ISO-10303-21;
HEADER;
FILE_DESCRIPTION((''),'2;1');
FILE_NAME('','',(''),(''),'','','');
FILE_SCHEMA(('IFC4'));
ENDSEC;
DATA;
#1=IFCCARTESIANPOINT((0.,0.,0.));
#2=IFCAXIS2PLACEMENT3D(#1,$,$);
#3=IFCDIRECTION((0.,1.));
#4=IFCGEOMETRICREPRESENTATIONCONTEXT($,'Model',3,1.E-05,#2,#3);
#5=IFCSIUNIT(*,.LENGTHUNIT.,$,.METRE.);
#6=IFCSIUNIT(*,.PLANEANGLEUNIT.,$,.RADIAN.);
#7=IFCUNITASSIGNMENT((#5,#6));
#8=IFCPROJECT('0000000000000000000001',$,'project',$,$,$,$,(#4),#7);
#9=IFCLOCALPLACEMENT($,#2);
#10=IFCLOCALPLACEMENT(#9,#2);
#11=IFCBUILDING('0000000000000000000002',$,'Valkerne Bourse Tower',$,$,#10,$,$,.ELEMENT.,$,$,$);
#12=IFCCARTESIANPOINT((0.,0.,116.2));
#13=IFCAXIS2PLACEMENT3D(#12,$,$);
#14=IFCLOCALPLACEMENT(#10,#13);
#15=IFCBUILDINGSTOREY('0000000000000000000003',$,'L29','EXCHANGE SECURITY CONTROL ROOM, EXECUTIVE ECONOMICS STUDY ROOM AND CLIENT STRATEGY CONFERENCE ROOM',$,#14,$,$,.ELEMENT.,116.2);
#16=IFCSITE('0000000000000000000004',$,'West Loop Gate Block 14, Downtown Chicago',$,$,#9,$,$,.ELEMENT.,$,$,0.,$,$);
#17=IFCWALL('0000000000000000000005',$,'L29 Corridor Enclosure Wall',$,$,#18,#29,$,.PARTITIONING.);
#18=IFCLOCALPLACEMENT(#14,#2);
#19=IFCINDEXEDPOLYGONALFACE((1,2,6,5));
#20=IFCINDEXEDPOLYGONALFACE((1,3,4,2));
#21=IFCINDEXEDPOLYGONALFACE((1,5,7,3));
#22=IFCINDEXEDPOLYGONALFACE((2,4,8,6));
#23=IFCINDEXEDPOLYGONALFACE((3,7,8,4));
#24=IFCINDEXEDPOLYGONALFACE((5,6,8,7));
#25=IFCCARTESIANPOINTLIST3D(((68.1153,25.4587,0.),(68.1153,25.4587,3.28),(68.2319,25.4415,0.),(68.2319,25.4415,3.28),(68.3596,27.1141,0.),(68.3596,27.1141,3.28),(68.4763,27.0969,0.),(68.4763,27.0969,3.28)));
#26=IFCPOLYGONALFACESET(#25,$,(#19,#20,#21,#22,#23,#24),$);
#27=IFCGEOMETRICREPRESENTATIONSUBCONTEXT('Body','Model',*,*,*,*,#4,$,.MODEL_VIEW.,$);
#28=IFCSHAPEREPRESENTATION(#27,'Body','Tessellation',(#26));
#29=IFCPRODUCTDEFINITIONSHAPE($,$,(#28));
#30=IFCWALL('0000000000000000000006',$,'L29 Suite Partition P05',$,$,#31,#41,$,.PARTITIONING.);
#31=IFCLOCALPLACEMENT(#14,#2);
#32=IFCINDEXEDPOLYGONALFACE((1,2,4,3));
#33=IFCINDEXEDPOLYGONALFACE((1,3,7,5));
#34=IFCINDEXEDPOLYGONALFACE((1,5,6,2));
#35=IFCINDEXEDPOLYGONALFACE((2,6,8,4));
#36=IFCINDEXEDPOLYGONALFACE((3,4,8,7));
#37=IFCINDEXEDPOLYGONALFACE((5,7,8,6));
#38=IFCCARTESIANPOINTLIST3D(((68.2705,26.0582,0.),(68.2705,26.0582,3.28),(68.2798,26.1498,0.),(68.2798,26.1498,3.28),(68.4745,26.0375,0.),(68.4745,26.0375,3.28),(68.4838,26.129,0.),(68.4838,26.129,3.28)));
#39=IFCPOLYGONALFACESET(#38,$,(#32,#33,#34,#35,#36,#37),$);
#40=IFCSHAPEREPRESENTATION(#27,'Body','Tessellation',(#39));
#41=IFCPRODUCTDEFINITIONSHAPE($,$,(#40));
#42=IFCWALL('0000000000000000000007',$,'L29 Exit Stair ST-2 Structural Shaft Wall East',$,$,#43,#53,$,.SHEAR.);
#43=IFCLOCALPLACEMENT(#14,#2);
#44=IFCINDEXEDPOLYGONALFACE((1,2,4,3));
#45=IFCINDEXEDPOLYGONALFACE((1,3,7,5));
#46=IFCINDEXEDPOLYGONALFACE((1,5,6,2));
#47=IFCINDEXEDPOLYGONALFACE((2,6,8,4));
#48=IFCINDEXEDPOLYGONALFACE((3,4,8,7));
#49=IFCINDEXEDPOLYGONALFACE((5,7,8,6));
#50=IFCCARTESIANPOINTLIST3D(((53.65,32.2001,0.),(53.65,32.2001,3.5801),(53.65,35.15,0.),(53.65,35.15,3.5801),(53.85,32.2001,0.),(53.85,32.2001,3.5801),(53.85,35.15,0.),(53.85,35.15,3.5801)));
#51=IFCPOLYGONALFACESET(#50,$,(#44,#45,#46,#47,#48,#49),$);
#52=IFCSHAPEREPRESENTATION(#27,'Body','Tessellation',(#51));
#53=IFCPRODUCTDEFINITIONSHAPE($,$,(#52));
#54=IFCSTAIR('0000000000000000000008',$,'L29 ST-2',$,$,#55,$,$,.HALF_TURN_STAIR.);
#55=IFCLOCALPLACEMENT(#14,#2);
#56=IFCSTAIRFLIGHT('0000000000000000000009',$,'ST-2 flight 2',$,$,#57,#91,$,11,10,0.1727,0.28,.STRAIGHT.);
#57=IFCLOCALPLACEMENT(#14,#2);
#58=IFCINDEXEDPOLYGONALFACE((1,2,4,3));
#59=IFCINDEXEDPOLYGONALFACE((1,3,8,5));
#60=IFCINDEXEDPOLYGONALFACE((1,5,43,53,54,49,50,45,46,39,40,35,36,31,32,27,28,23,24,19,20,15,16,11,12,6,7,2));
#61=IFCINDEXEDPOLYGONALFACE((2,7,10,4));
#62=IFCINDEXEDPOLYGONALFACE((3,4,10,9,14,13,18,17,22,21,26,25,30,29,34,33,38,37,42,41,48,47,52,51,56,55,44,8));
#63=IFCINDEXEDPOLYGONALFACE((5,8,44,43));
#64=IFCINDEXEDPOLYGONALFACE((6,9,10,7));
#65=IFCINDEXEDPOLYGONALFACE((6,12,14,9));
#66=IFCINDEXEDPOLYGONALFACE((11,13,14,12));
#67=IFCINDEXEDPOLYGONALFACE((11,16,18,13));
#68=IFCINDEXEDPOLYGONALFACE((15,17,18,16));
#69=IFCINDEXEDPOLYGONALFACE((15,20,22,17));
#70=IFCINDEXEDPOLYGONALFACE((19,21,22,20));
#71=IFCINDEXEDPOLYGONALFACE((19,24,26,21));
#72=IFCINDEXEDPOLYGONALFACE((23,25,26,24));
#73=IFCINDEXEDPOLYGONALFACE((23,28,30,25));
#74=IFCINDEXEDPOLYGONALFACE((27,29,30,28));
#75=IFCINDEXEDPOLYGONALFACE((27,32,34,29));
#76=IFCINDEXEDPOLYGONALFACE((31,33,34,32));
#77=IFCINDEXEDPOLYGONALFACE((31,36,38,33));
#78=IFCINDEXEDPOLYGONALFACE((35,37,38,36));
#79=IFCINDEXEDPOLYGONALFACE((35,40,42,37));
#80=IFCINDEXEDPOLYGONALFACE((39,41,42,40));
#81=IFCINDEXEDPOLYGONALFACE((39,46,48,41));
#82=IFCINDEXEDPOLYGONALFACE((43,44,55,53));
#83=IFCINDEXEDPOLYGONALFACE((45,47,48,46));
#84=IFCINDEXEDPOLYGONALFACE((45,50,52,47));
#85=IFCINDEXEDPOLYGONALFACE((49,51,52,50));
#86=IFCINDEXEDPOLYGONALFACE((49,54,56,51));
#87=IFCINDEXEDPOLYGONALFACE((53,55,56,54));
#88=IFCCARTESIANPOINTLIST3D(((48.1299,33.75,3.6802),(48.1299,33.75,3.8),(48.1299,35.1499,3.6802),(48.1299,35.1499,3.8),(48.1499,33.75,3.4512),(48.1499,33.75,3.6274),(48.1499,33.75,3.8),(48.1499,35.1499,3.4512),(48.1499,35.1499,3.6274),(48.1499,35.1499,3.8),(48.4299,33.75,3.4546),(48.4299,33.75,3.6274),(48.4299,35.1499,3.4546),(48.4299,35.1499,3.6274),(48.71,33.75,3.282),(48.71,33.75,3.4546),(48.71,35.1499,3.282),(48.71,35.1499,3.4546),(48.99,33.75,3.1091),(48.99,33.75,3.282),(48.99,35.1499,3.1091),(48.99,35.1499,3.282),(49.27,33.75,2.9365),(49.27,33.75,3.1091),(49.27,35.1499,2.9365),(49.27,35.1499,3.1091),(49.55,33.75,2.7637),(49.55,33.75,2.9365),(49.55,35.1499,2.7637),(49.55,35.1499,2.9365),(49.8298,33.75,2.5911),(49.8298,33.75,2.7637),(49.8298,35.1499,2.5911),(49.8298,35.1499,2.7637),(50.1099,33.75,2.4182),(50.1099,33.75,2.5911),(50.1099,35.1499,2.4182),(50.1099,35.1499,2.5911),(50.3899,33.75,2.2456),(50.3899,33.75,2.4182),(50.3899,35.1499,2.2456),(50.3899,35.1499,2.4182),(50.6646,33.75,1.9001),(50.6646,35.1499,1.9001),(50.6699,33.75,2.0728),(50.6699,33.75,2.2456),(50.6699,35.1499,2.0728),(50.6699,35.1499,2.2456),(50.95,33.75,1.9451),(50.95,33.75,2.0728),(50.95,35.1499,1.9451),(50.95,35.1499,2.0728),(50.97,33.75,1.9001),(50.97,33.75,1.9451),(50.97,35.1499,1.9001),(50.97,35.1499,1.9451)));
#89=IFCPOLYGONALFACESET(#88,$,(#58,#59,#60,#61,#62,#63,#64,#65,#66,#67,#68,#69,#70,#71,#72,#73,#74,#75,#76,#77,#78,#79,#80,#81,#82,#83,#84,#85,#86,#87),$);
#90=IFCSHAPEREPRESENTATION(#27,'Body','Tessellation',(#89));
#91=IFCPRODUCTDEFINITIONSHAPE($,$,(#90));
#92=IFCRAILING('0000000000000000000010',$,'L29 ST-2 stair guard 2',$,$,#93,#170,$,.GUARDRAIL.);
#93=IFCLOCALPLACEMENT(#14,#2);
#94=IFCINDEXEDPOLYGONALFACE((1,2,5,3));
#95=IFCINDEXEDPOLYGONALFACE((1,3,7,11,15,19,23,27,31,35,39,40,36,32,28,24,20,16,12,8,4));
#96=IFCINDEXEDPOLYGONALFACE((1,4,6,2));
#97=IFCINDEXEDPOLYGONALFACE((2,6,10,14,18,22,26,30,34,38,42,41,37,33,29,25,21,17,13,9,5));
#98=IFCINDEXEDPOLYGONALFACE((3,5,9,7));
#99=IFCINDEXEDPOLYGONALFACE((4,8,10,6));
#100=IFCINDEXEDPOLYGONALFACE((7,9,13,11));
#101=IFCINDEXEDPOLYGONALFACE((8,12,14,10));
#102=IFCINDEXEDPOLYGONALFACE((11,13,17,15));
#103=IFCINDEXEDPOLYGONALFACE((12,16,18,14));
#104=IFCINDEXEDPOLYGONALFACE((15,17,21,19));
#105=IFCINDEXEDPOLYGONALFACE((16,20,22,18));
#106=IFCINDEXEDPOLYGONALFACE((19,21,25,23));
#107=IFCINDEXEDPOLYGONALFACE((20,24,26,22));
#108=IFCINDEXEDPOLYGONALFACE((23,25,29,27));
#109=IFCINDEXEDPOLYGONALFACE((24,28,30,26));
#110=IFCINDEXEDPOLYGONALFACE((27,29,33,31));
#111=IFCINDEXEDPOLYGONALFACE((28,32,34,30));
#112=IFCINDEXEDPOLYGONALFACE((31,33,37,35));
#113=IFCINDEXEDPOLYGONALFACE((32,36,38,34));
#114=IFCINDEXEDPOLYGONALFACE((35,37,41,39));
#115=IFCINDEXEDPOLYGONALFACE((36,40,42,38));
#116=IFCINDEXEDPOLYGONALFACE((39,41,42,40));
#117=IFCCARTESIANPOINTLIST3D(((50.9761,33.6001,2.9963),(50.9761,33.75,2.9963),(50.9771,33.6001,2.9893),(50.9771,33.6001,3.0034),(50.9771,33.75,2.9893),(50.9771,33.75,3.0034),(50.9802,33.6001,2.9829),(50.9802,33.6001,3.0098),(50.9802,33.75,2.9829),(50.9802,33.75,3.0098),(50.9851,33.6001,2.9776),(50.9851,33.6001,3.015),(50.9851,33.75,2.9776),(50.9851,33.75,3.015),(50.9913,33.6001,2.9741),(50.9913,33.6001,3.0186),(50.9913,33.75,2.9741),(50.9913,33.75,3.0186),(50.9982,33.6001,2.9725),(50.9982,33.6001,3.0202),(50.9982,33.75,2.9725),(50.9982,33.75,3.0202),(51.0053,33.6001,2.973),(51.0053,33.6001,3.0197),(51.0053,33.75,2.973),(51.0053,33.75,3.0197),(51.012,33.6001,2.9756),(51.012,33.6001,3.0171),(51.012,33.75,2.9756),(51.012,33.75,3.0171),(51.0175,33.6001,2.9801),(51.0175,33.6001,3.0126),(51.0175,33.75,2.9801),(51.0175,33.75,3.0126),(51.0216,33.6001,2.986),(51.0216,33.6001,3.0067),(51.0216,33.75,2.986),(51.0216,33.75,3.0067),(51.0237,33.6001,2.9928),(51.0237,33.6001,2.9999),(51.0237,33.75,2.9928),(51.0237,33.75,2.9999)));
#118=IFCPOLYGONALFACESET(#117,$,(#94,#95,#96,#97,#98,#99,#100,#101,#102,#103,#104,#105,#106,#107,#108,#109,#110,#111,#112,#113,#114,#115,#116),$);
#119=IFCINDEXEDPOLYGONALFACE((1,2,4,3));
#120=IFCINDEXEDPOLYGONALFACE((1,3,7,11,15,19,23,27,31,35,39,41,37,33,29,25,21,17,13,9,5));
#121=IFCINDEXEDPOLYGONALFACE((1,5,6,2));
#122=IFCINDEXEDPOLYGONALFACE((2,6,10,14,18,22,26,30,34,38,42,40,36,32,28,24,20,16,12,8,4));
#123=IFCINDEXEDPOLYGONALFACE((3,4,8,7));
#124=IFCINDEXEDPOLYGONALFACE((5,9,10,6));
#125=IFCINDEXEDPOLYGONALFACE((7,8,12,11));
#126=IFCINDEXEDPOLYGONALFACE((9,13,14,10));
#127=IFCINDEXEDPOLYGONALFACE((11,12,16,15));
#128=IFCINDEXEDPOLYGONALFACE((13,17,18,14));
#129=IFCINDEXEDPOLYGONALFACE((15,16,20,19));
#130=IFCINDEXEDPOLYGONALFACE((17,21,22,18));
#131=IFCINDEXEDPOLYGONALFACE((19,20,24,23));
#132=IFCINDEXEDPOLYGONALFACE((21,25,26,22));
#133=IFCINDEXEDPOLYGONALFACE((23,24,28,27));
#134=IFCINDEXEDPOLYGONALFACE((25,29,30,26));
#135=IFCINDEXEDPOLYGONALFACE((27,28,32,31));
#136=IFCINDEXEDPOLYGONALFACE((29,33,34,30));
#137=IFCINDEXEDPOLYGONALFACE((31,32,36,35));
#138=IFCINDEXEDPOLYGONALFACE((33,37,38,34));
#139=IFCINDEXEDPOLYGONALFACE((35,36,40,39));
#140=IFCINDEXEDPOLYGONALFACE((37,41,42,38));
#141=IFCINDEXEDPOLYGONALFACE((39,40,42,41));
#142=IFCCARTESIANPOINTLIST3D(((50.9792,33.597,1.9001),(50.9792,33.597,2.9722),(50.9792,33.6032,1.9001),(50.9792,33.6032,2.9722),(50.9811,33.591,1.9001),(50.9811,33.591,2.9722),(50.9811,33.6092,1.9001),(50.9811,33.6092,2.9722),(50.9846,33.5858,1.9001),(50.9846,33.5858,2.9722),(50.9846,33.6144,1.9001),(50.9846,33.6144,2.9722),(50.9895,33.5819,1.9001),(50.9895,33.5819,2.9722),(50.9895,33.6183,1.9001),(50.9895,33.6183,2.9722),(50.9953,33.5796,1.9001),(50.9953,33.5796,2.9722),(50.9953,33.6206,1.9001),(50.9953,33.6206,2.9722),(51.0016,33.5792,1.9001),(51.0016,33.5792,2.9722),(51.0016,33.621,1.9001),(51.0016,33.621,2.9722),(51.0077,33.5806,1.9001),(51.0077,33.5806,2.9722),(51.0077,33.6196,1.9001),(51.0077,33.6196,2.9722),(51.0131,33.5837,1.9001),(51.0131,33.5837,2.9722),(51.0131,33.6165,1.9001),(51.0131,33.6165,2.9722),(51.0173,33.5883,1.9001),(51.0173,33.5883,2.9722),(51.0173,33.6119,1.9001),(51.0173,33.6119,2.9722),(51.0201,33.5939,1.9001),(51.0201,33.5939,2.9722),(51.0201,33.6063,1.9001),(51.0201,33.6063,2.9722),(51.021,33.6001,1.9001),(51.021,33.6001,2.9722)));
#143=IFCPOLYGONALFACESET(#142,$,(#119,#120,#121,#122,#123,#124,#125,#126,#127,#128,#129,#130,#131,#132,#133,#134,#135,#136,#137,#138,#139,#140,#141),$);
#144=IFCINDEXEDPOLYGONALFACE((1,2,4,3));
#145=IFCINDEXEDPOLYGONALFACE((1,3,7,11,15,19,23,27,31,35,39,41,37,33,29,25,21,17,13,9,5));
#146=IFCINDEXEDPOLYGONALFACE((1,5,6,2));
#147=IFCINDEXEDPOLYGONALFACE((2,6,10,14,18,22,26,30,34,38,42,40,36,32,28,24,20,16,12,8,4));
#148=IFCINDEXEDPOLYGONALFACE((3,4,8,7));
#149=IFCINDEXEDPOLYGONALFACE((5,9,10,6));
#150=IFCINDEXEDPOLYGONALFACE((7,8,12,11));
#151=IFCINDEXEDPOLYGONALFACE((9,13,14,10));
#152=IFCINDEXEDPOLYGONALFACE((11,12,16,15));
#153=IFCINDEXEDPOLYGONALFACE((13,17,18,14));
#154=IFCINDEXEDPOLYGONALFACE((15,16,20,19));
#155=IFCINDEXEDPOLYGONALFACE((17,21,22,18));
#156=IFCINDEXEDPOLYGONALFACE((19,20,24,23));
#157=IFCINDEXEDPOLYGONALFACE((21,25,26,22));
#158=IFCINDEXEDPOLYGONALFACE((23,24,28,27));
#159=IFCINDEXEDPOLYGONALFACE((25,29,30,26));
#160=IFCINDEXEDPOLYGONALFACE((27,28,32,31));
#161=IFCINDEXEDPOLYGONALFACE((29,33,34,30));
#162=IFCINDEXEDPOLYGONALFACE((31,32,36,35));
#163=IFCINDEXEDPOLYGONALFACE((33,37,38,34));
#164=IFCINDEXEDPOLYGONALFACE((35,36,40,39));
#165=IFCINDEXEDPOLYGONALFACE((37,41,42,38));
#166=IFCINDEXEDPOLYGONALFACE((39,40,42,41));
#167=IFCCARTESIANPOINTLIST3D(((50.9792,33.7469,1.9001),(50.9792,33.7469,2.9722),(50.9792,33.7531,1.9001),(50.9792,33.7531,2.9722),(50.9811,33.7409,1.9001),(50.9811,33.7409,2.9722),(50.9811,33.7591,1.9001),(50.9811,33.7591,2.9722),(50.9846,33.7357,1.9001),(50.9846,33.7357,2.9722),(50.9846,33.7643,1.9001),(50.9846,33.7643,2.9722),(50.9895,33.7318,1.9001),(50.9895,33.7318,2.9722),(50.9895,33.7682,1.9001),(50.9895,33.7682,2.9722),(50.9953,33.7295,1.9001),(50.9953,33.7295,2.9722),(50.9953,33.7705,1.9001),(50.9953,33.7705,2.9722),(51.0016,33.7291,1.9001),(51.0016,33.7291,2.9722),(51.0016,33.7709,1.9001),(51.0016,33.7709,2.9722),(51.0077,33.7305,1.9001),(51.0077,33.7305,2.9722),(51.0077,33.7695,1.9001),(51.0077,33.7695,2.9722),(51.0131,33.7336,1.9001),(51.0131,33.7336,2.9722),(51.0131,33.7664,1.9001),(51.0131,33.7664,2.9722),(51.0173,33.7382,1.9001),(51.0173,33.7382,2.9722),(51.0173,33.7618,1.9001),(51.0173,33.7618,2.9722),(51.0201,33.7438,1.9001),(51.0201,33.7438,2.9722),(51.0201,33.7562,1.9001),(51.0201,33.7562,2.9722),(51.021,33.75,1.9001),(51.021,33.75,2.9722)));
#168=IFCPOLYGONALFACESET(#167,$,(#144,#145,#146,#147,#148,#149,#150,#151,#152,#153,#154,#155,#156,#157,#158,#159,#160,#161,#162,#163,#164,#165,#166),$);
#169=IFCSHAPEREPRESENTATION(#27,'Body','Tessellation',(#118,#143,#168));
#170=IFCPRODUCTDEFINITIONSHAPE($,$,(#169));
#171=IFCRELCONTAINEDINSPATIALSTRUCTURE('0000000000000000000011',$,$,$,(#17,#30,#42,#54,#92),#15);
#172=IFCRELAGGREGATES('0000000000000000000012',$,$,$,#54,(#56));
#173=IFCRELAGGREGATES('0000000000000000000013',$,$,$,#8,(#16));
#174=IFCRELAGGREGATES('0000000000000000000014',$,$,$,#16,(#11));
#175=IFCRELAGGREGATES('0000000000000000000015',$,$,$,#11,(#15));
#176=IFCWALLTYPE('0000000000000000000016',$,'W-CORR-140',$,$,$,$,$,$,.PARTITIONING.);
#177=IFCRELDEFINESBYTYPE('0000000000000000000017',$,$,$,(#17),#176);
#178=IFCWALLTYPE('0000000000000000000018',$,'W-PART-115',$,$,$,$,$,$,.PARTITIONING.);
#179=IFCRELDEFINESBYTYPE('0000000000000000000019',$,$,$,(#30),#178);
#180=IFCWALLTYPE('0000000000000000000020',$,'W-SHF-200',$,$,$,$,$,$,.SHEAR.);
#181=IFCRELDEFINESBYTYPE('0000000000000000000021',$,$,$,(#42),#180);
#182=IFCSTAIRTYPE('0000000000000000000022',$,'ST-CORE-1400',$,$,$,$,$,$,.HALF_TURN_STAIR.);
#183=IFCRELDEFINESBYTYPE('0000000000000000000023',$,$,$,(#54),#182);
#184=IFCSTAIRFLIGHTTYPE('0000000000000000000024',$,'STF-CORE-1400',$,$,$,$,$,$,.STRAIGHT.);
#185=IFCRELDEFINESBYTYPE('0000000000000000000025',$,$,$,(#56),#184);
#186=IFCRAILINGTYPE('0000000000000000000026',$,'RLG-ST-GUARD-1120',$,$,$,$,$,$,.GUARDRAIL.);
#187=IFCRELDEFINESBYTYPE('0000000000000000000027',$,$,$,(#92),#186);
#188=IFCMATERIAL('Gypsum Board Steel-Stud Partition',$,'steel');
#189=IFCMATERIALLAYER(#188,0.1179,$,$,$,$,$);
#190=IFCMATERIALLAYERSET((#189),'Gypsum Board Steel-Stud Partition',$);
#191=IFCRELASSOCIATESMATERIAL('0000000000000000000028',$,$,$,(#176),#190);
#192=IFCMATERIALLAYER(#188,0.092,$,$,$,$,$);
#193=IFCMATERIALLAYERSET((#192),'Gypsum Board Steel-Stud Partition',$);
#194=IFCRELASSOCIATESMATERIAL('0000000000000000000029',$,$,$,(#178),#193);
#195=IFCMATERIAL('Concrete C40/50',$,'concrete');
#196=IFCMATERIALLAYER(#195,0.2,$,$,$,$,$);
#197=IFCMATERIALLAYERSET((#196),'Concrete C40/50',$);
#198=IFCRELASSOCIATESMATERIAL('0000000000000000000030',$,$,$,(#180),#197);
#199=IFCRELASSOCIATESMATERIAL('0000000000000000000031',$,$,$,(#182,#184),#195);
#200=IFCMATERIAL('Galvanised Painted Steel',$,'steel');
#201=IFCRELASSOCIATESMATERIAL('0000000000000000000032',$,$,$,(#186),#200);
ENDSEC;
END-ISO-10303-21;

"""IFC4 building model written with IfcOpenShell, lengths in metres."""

from ifc_helpers import new_model, si_unit, direction, frame, frame_2d, origin, origin_2d, place, context, subcontext, project, spatial, polyline, rectangle, circle, outline, extrude, material, layer, layer_set, type_object, element, aggregate, save


model = new_model("IFC4")

# Units and contexts
model_context = context("Model", 3, precision=1e-05, world=origin(), true_north=direction((0.0, 1.0)))
body_context = subcontext(model_context, "Body", "Model", "MODEL_VIEW")
ifc_project = project(units=[si_unit("LENGTHUNIT", "METRE"), si_unit("PLANEANGLEUNIT", "RADIAN")], contexts=[model_context])

# Site, building, storey
site_placement = place(None, origin())
site = spatial("IfcSite", under=ifc_project, at=site_placement, Name="West Loop Gate Block 14, Downtown Chicago", CompositionType="ELEMENT", RefElevation=0.0)
building_placement = place(site_placement, origin())
building = spatial("IfcBuilding", under=site, at=building_placement, Name="Valkerne Bourse Tower", CompositionType="ELEMENT")
storey_placement = place(building_placement, frame((0.0, 0.0, 116.2)))
storey = spatial("IfcBuildingStorey", under=building, at=storey_placement, Name="L29", Description="EXCHANGE SECURITY CONTROL ROOM, EXECUTIVE ECONOMICS STUDY ROOM AND CLIENT STRATEGY CONFERENCE ROOM", CompositionType="ELEMENT", Elevation=116.2)

# Wall
ifc_material_1 = material(Name="Gypsum Board Steel-Stud Partition", Category="steel")
ifc_layer_1 = layer(ifc_material_1, 0.1179)
ifc_layer_set_1 = layer_set([ifc_layer_1], Name="Gypsum Board Steel-Stud Partition")
wall_type_1 = type_object("IfcWallType", Name="W-CORR-140", PredefinedType="PARTITIONING", material=ifc_layer_set_1)
wall_1_placement = place(storey_placement, frame((68.418, 27.1055, 0.0), z_axis=(0.0, 0.0, 1.0), x_axis=(-0.146036, -0.989279, 0.0)))
element("IfcWall", 1, at=wall_1_placement, inside=storey, type_object=wall_type_1, Name="L29 Corridor Enclosure Wall", PredefinedType="PARTITIONING", context=body_context, shape_type="SweptSolid", body=[
    extrude(rectangle(XDim=1.6733, YDim=0.1179, at=frame_2d((0.8367, 0.0))), origin(), (0.0, 0.0, 1.0), 3.28),
])

# Walls
ifc_layer_2 = layer(ifc_material_1, 0.092)
ifc_layer_set_2 = layer_set([ifc_layer_2], Name="Gypsum Board Steel-Stud Partition")
wall_type_2 = type_object("IfcWallType", Name="W-PART-115", PredefinedType="PARTITIONING", material=ifc_layer_set_2)
wall_2_placement = place(storey_placement, frame((68.2751, 26.104, 0.0), z_axis=(0.0, 0.0, 1.0), x_axis=(0.994871, -0.101153, 0.0)))
element("IfcWall", 2, at=wall_2_placement, inside=storey, type_object=wall_type_2, Name="L29 Suite Partition P05", PredefinedType="PARTITIONING", context=body_context, shape_type="SweptSolid", body=[
    extrude(rectangle(XDim=0.2051, YDim=0.092, at=frame_2d((0.1025, 0.0))), origin(), (0.0, 0.0, 1.0), 3.28),
])
ifc_material_2 = material(Name="Concrete C40/50", Category="concrete")
ifc_layer_3 = layer(ifc_material_2, 0.2)
ifc_layer_set_3 = layer_set([ifc_layer_3], Name="Concrete C40/50")
wall_type_3 = type_object("IfcWallType", Name="W-SHF-200", PredefinedType="SHEAR", material=ifc_layer_set_3)
wall_3_placement = place(storey_placement, frame((53.75, 32.2, 0.0), z_axis=(0.0, 0.0, 1.0), x_axis=(0.0, 1.0, 0.0)))
element("IfcWall", 3, at=wall_3_placement, inside=storey, type_object=wall_type_3, Name="L29 Exit Stair ST-2 Structural Shaft Wall East", PredefinedType="SHEAR", context=body_context, shape_type="SweptSolid", body=[
    extrude(rectangle(XDim=2.95, YDim=0.2, at=frame_2d((1.4751, 0.0))), origin(), (0.0, 0.0, 1.0), 3.5801),
])

# Stair, stair flight
stair_type = type_object("IfcStairType", Name="ST-CORE-1400", PredefinedType="HALF_TURN_STAIR", material=ifc_material_2)
stair_placement = place(storey_placement, origin())
stair = element("IfcStair", 4, at=stair_placement, inside=storey, type_object=stair_type, Name="L29 ST-2", PredefinedType="HALF_TURN_STAIR")
stair_flight_type = type_object("IfcStairFlightType", Name="STF-CORE-1400", PredefinedType="STRAIGHT", material=ifc_material_2)
stair_flight_placement = place(storey_placement, frame((50.95, 34.45, 1.9001), z_axis=(0.0, 0.0, 1.0), x_axis=(-1.0, 0.0, 0.0)))
stair_flight = element("IfcStairFlight", 5, at=stair_flight_placement, type_object=stair_flight_type, Name="ST-2 flight 2", NumberOfRisers=11, NumberOfTreads=10, PredefinedType="STRAIGHT", RiserHeight=0.1727, TreadLength=0.28, context=body_context, shape_type="SweptSolid", body=[
    extrude(outline(polyline([(-0.02, 0.0), (-0.02, 0.0449), (0.0, 0.0449), (0.0, 0.1726), (0.28, 0.1726), (0.28, 0.3455), (0.5601, 0.3455), (0.5601, 0.5181), (0.8401, 0.5181), (0.8401, 0.6909), (1.1201, 0.6909), (1.1201, 0.8635), (1.3999, 0.8635), (1.3999, 1.0364), (1.6799, 1.0364), (1.6799, 1.209), (1.96, 1.209), (1.96, 1.3818), (2.24, 1.3818), (2.24, 1.5544), (2.52, 1.5544), (2.52, 1.7273), (2.8, 1.7273), (2.8, 1.8999), (2.8201, 1.8999), (2.8201, 1.78), (2.8, 1.551), (0.2854, 0.0), (-0.02, 0.0)])), frame((0.0, 0.7, 0.0), z_axis=(0.0, -1.0, 0.0), x_axis=(1.0, 0.0, 0.0)), (0.0, 0.0, 1.0), 1.3999),
])
aggregate(stair, [stair_flight])

# Railing
ifc_material_3 = material(Name="Galvanised Painted Steel", Category="steel")
railing_type_1 = type_object("IfcRailingType", Name="RLG-ST-GUARD-1120", PredefinedType="GUARDRAIL", material=ifc_material_3)
railing_1_placement = place(storey_placement, frame((51.0, 33.6001, 1.9001)))
element("IfcRailing", 6, at=railing_1_placement, inside=storey, type_object=railing_type_1, Name="L29 ST-2 stair guard 2", PredefinedType="GUARDRAIL", context=body_context, shape_type="SweptSolid", body=[
    extrude(circle(Radius=0.0239, at=origin_2d()), frame((0.0, 0.0, 1.0962), z_axis=(0.0, 1.0, 0.0), x_axis=(-1.0, 0.0, 0.0)), (0.0, 0.0, 1.0), 0.1499),
    extrude(circle(Radius=0.021, at=origin_2d()), origin(), (0.0, 0.0, 1.0), 1.072),
    extrude(circle(Radius=0.021, at=origin_2d()), frame((0.0, 0.1499, 0.0)), (0.0, 0.0, 1.0), 1.072),
])

save(model, "model.ifc")
